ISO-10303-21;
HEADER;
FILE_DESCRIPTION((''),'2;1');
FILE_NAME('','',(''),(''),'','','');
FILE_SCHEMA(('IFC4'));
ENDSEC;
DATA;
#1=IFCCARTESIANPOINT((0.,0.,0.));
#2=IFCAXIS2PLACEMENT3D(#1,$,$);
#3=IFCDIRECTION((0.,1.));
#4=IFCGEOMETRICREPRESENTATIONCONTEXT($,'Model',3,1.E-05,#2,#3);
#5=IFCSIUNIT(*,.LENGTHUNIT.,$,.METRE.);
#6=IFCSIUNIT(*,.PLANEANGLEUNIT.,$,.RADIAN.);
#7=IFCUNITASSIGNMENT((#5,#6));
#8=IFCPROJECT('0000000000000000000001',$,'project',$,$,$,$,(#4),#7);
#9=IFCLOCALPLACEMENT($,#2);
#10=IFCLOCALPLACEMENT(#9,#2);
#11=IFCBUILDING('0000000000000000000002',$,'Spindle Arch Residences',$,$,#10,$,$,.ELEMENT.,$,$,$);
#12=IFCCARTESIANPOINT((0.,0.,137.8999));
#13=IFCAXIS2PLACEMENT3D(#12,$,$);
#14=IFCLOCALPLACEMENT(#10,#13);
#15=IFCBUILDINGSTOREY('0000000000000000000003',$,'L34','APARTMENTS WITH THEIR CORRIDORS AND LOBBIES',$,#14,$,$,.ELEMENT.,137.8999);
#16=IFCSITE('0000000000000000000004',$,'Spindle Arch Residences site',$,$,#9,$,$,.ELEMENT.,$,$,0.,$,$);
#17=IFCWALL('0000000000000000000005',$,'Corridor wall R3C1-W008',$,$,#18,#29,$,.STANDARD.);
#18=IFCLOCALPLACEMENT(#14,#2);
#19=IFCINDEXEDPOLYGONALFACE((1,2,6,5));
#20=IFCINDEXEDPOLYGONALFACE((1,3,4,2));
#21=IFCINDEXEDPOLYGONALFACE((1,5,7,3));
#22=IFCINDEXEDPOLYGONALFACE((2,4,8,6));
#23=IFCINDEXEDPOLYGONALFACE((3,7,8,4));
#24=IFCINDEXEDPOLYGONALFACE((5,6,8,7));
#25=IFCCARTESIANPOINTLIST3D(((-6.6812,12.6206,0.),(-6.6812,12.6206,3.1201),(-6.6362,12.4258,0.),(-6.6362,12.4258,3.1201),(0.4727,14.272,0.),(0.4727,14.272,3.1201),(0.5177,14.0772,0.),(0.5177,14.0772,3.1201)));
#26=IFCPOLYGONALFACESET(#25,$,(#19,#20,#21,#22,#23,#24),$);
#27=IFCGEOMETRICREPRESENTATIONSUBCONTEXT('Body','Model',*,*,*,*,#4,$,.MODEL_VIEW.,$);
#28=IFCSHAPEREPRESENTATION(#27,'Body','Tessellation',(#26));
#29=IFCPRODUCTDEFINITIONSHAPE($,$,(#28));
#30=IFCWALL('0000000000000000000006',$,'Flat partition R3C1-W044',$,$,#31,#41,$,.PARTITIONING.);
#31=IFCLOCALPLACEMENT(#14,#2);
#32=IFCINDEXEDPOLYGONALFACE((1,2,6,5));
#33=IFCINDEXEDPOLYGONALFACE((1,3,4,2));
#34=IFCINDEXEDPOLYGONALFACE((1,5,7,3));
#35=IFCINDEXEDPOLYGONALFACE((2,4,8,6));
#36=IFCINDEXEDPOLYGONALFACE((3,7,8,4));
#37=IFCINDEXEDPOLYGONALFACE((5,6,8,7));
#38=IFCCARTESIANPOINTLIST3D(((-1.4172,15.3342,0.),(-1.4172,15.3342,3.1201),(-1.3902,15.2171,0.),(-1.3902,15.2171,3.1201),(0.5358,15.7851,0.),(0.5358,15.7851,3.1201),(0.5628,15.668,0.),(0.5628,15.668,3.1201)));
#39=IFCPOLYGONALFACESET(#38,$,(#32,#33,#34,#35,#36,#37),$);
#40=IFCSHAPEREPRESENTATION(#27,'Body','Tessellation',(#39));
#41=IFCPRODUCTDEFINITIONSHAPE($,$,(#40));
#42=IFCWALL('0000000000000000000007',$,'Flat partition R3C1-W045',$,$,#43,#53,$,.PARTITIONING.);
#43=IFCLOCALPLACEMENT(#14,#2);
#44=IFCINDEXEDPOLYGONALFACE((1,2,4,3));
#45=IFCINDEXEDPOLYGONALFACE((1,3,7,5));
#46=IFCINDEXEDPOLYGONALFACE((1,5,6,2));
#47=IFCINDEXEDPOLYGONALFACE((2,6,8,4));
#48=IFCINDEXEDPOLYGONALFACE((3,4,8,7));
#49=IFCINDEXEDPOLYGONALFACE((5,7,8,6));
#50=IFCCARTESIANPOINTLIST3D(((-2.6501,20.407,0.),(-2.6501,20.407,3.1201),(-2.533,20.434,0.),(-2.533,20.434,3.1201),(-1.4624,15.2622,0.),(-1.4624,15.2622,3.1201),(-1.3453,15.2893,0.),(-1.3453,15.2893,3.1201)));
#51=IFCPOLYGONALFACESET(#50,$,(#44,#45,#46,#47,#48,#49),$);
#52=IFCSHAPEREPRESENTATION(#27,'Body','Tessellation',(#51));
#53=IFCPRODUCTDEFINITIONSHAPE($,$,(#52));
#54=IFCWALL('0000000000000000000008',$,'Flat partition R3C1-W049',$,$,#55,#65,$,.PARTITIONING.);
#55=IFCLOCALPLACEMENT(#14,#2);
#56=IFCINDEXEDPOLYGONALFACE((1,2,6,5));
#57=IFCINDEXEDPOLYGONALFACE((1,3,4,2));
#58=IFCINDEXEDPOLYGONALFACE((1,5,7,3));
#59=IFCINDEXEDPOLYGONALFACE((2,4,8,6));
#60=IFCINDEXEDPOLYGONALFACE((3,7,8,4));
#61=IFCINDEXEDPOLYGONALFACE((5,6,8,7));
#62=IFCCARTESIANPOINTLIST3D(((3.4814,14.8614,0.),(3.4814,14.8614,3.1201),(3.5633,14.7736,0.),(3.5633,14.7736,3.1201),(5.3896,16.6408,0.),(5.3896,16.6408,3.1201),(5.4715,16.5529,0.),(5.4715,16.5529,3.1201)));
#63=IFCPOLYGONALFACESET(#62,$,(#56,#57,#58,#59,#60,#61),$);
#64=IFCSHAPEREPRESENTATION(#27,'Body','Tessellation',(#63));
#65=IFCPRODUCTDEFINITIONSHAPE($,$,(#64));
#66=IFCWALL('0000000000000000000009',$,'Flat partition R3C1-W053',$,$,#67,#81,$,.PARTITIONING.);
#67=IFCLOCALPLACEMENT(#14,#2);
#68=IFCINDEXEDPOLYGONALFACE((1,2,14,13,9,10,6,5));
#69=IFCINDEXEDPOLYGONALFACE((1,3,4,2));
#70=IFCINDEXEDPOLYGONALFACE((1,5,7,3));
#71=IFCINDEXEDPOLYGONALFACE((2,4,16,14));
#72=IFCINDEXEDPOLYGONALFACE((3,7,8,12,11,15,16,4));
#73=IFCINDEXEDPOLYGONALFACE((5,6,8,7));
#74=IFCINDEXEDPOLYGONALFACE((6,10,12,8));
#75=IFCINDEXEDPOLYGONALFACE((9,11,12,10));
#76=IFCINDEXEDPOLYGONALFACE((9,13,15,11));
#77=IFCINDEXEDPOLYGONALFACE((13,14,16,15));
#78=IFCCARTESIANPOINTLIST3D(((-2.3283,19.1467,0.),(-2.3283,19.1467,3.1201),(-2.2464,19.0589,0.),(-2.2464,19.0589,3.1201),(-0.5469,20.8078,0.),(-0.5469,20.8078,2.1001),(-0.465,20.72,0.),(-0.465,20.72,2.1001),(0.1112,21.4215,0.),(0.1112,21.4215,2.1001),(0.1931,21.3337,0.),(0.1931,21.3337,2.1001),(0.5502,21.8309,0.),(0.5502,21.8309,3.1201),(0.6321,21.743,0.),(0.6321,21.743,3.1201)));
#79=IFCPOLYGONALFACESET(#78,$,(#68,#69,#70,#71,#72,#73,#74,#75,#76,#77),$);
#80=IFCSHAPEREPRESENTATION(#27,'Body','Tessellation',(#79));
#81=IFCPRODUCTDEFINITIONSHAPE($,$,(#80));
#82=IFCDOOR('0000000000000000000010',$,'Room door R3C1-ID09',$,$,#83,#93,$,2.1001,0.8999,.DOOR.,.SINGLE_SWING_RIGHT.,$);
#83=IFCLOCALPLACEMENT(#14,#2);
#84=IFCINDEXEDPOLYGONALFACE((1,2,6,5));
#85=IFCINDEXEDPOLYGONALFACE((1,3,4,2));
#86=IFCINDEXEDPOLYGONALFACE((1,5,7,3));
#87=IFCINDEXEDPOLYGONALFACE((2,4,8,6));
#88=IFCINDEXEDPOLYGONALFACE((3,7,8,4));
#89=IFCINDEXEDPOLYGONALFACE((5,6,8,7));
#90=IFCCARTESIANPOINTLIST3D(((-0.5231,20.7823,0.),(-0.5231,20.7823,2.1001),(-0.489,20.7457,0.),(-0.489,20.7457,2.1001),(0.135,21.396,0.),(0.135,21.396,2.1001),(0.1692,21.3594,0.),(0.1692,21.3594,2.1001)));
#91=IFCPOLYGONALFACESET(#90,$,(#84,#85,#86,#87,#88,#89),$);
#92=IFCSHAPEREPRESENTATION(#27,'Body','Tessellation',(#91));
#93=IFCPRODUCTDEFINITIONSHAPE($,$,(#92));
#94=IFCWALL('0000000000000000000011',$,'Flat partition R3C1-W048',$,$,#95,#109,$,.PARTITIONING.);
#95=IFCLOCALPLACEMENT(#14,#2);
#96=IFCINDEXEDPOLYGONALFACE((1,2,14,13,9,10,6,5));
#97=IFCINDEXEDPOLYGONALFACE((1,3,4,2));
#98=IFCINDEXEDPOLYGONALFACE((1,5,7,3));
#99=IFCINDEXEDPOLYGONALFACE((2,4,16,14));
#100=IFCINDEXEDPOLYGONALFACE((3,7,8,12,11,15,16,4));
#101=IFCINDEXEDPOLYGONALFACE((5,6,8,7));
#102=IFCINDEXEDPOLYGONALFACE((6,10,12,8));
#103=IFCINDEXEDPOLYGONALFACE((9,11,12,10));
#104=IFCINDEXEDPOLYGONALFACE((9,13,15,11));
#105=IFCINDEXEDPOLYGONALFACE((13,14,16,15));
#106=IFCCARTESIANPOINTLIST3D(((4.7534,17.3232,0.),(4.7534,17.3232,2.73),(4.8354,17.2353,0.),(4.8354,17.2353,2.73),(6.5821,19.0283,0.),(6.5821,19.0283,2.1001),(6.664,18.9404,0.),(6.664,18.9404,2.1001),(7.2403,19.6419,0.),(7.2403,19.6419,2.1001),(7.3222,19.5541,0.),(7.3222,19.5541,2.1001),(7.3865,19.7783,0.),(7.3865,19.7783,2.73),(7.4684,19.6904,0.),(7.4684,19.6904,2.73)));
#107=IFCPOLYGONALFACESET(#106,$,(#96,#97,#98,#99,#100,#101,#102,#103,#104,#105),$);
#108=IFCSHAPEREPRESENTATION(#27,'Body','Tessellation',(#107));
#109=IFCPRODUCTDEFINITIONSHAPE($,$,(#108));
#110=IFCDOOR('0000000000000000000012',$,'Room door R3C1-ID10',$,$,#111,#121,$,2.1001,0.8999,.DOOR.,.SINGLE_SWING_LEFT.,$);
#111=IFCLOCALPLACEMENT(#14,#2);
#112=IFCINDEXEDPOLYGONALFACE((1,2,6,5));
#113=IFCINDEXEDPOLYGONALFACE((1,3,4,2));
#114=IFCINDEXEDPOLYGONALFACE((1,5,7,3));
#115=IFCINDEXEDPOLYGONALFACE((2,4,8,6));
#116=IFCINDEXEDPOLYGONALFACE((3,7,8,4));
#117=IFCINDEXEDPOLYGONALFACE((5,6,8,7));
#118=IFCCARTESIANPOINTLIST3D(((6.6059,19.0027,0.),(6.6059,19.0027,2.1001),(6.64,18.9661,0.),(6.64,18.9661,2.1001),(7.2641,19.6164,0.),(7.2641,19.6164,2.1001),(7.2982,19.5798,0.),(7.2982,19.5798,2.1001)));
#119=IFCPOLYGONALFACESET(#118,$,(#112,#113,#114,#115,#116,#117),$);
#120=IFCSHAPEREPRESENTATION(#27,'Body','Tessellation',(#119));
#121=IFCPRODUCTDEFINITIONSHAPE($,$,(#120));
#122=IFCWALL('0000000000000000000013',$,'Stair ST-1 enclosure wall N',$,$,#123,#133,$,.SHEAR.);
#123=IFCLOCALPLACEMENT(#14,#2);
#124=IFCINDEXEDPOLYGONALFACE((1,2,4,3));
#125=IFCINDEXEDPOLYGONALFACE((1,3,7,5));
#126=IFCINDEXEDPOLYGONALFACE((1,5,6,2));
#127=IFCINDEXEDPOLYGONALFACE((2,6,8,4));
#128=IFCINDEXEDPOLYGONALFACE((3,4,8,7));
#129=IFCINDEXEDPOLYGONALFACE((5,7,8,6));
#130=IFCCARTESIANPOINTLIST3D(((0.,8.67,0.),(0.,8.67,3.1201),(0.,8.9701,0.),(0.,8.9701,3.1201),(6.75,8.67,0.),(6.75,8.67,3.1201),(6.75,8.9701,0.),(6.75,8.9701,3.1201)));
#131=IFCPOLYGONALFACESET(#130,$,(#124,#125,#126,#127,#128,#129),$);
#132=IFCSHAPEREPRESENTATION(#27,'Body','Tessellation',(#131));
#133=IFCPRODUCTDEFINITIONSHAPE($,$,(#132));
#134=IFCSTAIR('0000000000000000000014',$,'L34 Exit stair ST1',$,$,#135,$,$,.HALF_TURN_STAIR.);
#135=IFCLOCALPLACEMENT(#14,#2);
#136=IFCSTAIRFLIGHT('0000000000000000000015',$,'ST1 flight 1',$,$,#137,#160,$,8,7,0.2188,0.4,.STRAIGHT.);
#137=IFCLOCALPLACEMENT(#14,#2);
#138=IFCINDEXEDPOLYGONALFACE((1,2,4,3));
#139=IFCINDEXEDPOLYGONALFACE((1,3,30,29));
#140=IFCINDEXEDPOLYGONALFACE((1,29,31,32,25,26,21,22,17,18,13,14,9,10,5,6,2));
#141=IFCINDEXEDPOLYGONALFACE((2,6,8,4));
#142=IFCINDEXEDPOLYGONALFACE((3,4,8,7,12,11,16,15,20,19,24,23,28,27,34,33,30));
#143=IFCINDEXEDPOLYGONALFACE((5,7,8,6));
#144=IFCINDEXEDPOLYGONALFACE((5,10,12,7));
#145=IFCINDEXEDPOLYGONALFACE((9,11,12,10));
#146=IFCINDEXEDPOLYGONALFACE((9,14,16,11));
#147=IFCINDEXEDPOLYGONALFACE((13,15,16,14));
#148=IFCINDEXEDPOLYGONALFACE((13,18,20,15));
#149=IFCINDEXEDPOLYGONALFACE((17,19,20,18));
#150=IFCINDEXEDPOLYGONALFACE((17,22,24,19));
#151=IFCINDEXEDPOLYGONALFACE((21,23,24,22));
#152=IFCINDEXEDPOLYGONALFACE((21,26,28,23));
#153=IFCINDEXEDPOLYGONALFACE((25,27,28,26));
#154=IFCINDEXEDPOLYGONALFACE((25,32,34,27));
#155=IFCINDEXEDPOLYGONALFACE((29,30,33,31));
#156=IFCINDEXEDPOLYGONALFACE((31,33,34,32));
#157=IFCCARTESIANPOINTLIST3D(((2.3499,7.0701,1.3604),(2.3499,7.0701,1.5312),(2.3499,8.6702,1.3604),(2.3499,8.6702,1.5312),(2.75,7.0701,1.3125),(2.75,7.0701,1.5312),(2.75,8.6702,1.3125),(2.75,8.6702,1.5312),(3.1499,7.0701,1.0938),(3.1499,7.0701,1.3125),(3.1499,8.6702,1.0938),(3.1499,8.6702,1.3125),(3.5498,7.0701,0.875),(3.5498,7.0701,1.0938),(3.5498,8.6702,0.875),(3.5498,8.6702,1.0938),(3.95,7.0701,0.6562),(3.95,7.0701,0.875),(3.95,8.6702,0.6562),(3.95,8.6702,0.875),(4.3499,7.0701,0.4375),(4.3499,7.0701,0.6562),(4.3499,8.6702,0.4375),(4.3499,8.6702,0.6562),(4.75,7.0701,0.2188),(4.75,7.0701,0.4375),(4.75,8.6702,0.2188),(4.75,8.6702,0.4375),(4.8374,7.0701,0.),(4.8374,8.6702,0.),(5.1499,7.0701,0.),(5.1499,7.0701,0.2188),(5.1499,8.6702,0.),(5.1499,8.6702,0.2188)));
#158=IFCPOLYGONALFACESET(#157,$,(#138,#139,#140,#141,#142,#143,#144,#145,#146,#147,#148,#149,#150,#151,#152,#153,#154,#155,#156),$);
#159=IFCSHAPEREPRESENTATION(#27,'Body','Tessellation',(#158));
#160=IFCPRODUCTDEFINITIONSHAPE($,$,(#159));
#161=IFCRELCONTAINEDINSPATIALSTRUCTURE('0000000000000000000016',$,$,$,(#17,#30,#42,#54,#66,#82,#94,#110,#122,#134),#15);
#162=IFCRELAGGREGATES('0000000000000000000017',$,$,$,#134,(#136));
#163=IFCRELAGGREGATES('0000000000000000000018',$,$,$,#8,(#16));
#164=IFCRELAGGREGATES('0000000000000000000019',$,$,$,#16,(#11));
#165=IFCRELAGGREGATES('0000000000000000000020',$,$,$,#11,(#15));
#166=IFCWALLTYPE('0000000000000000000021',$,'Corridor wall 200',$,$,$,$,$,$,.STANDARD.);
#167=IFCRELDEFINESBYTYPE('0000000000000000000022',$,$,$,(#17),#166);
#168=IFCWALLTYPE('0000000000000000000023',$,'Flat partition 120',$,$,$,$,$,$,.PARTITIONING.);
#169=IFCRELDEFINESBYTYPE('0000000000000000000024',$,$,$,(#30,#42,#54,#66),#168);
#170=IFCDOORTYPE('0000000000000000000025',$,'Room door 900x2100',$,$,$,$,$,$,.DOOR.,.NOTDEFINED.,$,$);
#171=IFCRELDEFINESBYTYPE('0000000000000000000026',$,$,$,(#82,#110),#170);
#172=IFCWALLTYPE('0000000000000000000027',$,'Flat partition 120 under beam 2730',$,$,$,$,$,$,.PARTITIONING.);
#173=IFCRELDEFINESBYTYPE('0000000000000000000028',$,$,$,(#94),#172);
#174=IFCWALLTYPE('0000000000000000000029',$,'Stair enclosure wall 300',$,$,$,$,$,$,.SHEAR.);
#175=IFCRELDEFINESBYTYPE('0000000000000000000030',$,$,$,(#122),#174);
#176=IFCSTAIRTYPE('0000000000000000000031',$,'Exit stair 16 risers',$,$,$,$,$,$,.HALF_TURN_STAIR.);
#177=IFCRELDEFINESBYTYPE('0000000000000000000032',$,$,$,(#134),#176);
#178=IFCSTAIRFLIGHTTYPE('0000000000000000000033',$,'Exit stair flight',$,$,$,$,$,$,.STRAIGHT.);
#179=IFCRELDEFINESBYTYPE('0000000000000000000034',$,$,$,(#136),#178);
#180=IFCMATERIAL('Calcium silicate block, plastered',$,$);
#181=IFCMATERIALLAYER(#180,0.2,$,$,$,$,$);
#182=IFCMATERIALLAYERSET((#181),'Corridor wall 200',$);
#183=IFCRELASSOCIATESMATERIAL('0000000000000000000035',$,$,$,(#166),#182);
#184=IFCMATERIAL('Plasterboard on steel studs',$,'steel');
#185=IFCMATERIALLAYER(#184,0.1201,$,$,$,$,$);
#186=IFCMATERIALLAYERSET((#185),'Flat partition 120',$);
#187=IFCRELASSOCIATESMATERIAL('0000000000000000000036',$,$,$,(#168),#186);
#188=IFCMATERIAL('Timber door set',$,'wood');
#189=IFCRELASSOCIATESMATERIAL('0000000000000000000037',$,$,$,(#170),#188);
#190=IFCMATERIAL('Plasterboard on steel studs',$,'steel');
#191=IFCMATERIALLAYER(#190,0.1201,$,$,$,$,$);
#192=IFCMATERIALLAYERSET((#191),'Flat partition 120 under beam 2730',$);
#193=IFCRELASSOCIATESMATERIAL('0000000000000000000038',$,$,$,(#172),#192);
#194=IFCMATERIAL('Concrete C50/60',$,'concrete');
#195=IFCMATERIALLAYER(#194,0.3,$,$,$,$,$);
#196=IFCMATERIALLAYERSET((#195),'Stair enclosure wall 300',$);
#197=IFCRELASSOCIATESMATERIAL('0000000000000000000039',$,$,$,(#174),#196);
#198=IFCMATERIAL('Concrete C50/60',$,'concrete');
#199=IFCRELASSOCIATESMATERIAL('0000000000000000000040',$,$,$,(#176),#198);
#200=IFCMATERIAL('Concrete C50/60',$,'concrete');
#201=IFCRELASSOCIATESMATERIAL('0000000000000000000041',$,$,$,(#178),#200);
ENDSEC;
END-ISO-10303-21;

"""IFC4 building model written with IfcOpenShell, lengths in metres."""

from ifc_helpers import new_model, si_unit, direction, frame, frame_2d, origin, place, context, subcontext, project, spatial, polyline, rectangle, outline, extrude, material, layer, layer_set, type_object, element, fill, aggregate, save


model = new_model("IFC4")

# Units and contexts
model_context = context("Model", 3, precision=1e-05, world=origin(), true_north=direction((0.0, 1.0)))
body_context = subcontext(model_context, "Body", "Model", "MODEL_VIEW")
ifc_project = project(units=[si_unit("LENGTHUNIT", "METRE"), si_unit("PLANEANGLEUNIT", "RADIAN")], contexts=[model_context])

# Site, building, storey
site_placement = place(None, origin())
site = spatial("IfcSite", under=ifc_project, at=site_placement, Name="Spindle Arch Residences site", CompositionType="ELEMENT", RefElevation=0.0)
building_placement = place(site_placement, origin())
building = spatial("IfcBuilding", under=site, at=building_placement, Name="Spindle Arch Residences", CompositionType="ELEMENT")
storey_placement = place(building_placement, frame((0.0, 0.0, 137.8999)))
storey = spatial("IfcBuildingStorey", under=building, at=storey_placement, Name="L34", Description="APARTMENTS WITH THEIR CORRIDORS AND LOBBIES", CompositionType="ELEMENT", Elevation=137.8999)

# Walls
ifc_material_1 = material(Name="Calcium silicate block, plastered")
ifc_layer_1 = layer(ifc_material_1, 0.2)
ifc_layer_set_1 = layer_set([ifc_layer_1], Name="Corridor wall 200")
wall_type_1 = type_object("IfcWallType", Name="Corridor wall 200", PredefinedType="STANDARD", material=ifc_layer_set_1)
wall_1_placement = place(storey_placement, frame((0.4951, 14.1746, 0.0), z_axis=(0.0, 0.0, 1.0), x_axis=(-0.974377, -0.224923, 0.0)))
element("IfcWall", 1, at=wall_1_placement, inside=storey, type_object=wall_type_1, Name="Corridor wall R3C1-W008", PredefinedType="STANDARD", context=body_context, shape_type="SweptSolid", body=[
    extrude(rectangle(XDim=7.342, YDim=0.2, at=frame_2d((3.6709, 0.0))), origin(), (0.0, 0.0, 1.0), 3.1201),
])
ifc_material_2 = material(Name="Plasterboard on steel studs", Category="steel")
ifc_layer_2 = layer(ifc_material_2, 0.1201)
ifc_layer_set_2 = layer_set([ifc_layer_2], Name="Flat partition 120")
wall_type_2 = type_object("IfcWallType", Name="Flat partition 120", PredefinedType="PARTITIONING", material=ifc_layer_set_2)
wall_2_placement = place(storey_placement, frame((0.5493, 15.7266, 0.0), z_axis=(0.0, 0.0, 1.0), x_axis=(-0.974369, -0.224957, 0.0)))
element("IfcWall", 2, at=wall_2_placement, inside=storey, type_object=wall_type_2, Name="Flat partition R3C1-W044", PredefinedType="PARTITIONING", context=body_context, shape_type="SweptSolid", body=[
    extrude(rectangle(XDim=2.0044, YDim=0.1201, at=frame_2d((1.0022, 0.0))), origin(), (0.0, 0.0, 1.0), 3.1201),
])
wall_3_placement = place(storey_placement, frame((-1.4038, 15.2756, 0.0), z_axis=(0.0, 0.0, 1.0), x_axis=(-0.224947, 0.974371, 0.0)))
element("IfcWall", 3, at=wall_3_placement, inside=storey, type_object=wall_type_2, Name="Flat partition R3C1-W045", PredefinedType="PARTITIONING", context=body_context, shape_type="SweptSolid", body=[
    extrude(rectangle(XDim=5.28, YDim=0.1201, at=frame_2d((2.6401, 0.0))), origin(), (0.0, 0.0, 1.0), 3.1201),
])
wall_4_placement = place(storey_placement, frame((5.4307, 16.5969, 0.0), z_axis=(0.0, 0.0, 1.0), x_axis=(-0.731379, -0.681971, 0.0)))
element("IfcWall", 4, at=wall_4_placement, inside=storey, type_object=wall_type_2, Name="Flat partition R3C1-W049", PredefinedType="PARTITIONING", context=body_context, shape_type="SweptSolid", body=[
    extrude(rectangle(XDim=2.6091, YDim=0.1201, at=frame_2d((1.3047, 0.0))), origin(), (0.0, 0.0, 1.0), 3.1201),
])

# Walls, openings, doors
wall_5_placement = place(storey_placement, frame((0.5911, 21.7869, 0.0), z_axis=(0.0, 0.0, 1.0), x_axis=(-0.731365, -0.681987, 0.0)))
wall_5 = element("IfcWall", 5, at=wall_5_placement, inside=storey, type_object=wall_type_2, Name="Flat partition R3C1-W053", PredefinedType="PARTITIONING", context=body_context, shape_type="SweptSolid", body=[
    extrude(rectangle(XDim=3.9358, YDim=0.1201, at=frame_2d((1.9678, 0.0))), origin(), (0.0, 0.0, 1.0), 3.1201),
])
opening_1_placement = place(wall_5_placement, frame((0.6001, 0.0, 0.0)))
opening_1 = element("IfcOpeningElement", 6, at=opening_1_placement, cuts=wall_5, PredefinedType="OPENING", context=body_context, shape_type="SweptSolid", body=[
    extrude(rectangle(XDim=0.8999, YDim=2.1001, at=frame_2d((0.45, 1.05))), frame((0.0, 0.0701, 0.0), z_axis=(0.0, -1.0, 0.0), x_axis=(1.0, 0.0, 0.0)), (0.0, 0.0, 1.0), 0.1401),
])
ifc_material_3 = material(Name="Timber door set", Category="wood")
door_type_1 = type_object("IfcDoorType", Name="Room door 900x2100", OperationType="NOTDEFINED", PredefinedType="DOOR", material=ifc_material_3)
door_1_placement = place(opening_1_placement, origin())
door_1 = element("IfcDoor", 7, at=door_1_placement, inside=storey, type_object=door_type_1, Name="Room door R3C1-ID09", OperationType="SINGLE_SWING_RIGHT", OverallHeight=2.1001, OverallWidth=0.8999, PredefinedType="DOOR", context=body_context, shape_type="SweptSolid", body=[
    extrude(rectangle(XDim=0.8999, YDim=2.1001, at=frame_2d((0.45, 1.05))), frame((0.0, 0.0249, 0.0), z_axis=(0.0, -1.0, 0.0), x_axis=(1.0, 0.0, 0.0)), (0.0, 0.0, 1.0), 0.05),
])
fill(opening_1, door_1)
ifc_material_4 = material(Name="Plasterboard on steel studs", Category="steel")
ifc_layer_3 = layer(ifc_material_4, 0.1201)
ifc_layer_set_3 = layer_set([ifc_layer_3], Name="Flat partition 120 under beam 2730")
wall_type_3 = type_object("IfcWallType", Name="Flat partition 120 under beam 2730", PredefinedType="PARTITIONING", material=ifc_layer_set_3)
wall_6_placement = place(storey_placement, frame((7.4275, 19.7344, 0.0), z_axis=(0.0, 0.0, 1.0), x_axis=(-0.731393, -0.681956, 0.0)))
wall_6 = element("IfcWall", 8, at=wall_6_placement, inside=storey, type_object=wall_type_3, Name="Flat partition R3C1-W048", PredefinedType="PARTITIONING", context=body_context, shape_type="SweptSolid", body=[
    extrude(rectangle(XDim=3.6001, YDim=0.1201, at=frame_2d((1.8, 0.0))), origin(), (0.0, 0.0, 1.0), 2.73),
])
opening_2_placement = place(wall_6_placement, frame((0.2, 0.0, 0.0)))
opening_2 = element("IfcOpeningElement", 9, at=opening_2_placement, cuts=wall_6, PredefinedType="OPENING", context=body_context, shape_type="SweptSolid", body=[
    extrude(rectangle(XDim=0.8999, YDim=2.1001, at=frame_2d((0.45, 1.05))), frame((0.0, 0.0701, 0.0), z_axis=(0.0, -1.0, 0.0), x_axis=(1.0, 0.0, 0.0)), (0.0, 0.0, 1.0), 0.1401),
])
door_2_placement = place(opening_2_placement, origin())
door_2 = element("IfcDoor", 10, at=door_2_placement, inside=storey, type_object=door_type_1, Name="Room door R3C1-ID10", OperationType="SINGLE_SWING_LEFT", OverallHeight=2.1001, OverallWidth=0.8999, PredefinedType="DOOR", context=body_context, shape_type="SweptSolid", body=[
    extrude(rectangle(XDim=0.8999, YDim=2.1001, at=frame_2d((0.45, 1.05))), frame((0.0, 0.0249, 0.0), z_axis=(0.0, -1.0, 0.0), x_axis=(1.0, 0.0, 0.0)), (0.0, 0.0, 1.0), 0.05),
])
fill(opening_2, door_2)

# Wall
ifc_material_5 = material(Name="Concrete C50/60", Category="concrete")
ifc_layer_4 = layer(ifc_material_5, 0.3)
ifc_layer_set_4 = layer_set([ifc_layer_4], Name="Stair enclosure wall 300")
wall_type_4 = type_object("IfcWallType", Name="Stair enclosure wall 300", PredefinedType="SHEAR", material=ifc_layer_set_4)
wall_7_placement = place(storey_placement, frame((0.0, 8.8201, 0.0), z_axis=(0.0, 0.0, 1.0), x_axis=(1.0, 0.0, 0.0)))
element("IfcWall", 11, at=wall_7_placement, inside=storey, type_object=wall_type_4, Name="Stair ST-1 enclosure wall N", PredefinedType="SHEAR", context=body_context, shape_type="SweptSolid", body=[
    extrude(rectangle(XDim=6.75, YDim=0.3, at=frame_2d((3.375, 0.0))), origin(), (0.0, 0.0, 1.0), 3.1201),
])

# Stair, stair flight
ifc_material_6 = material(Name="Concrete C50/60", Category="concrete")
stair_type = type_object("IfcStairType", Name="Exit stair 16 risers", PredefinedType="HALF_TURN_STAIR", material=ifc_material_6)
stair_placement = place(storey_placement, origin())
stair = element("IfcStair", 12, at=stair_placement, inside=storey, type_object=stair_type, Name="L34 Exit stair ST1", PredefinedType="HALF_TURN_STAIR")
ifc_material_7 = material(Name="Concrete C50/60", Category="concrete")
stair_flight_type = type_object("IfcStairFlightType", Name="Exit stair flight", PredefinedType="STRAIGHT", material=ifc_material_7)
stair_flight_placement = place(storey_placement, frame((5.1499, 7.8701, 0.0), z_axis=(0.0, 0.0, 1.0), x_axis=(-1.0, 0.0, 0.0)))
stair_flight = element("IfcStairFlight", 13, at=stair_flight_placement, type_object=stair_flight_type, Name="ST1 flight 1", NumberOfRisers=8, NumberOfTreads=7, PredefinedType="STRAIGHT", RiserHeight=0.2188, TreadLength=0.4, context=body_context, shape_type="SweptSolid", body=[
    extrude(outline(polyline([(0.0, 0.0), (0.0, 0.2188), (0.3999, 0.2188), (0.3999, 0.4375), (0.8, 0.4375), (0.8, 0.6562), (1.2, 0.6562), (1.2, 0.875), (1.6001, 0.875), (1.6001, 1.0938), (2.0, 1.0938), (2.0, 1.3125), (2.3999, 1.3125), (2.3999, 1.5312), (2.8, 1.5312), (2.8, 1.75), (2.8, 1.3604), (0.3125, 0.0), (0.0, 0.0)])), frame((0.0, 0.8, 0.0), z_axis=(0.0, -1.0, 0.0), x_axis=(1.0, 0.0, 0.0)), (0.0, 0.0, 1.0), 1.6001),
])
aggregate(stair, [stair_flight])

save(model, "model.ifc")
